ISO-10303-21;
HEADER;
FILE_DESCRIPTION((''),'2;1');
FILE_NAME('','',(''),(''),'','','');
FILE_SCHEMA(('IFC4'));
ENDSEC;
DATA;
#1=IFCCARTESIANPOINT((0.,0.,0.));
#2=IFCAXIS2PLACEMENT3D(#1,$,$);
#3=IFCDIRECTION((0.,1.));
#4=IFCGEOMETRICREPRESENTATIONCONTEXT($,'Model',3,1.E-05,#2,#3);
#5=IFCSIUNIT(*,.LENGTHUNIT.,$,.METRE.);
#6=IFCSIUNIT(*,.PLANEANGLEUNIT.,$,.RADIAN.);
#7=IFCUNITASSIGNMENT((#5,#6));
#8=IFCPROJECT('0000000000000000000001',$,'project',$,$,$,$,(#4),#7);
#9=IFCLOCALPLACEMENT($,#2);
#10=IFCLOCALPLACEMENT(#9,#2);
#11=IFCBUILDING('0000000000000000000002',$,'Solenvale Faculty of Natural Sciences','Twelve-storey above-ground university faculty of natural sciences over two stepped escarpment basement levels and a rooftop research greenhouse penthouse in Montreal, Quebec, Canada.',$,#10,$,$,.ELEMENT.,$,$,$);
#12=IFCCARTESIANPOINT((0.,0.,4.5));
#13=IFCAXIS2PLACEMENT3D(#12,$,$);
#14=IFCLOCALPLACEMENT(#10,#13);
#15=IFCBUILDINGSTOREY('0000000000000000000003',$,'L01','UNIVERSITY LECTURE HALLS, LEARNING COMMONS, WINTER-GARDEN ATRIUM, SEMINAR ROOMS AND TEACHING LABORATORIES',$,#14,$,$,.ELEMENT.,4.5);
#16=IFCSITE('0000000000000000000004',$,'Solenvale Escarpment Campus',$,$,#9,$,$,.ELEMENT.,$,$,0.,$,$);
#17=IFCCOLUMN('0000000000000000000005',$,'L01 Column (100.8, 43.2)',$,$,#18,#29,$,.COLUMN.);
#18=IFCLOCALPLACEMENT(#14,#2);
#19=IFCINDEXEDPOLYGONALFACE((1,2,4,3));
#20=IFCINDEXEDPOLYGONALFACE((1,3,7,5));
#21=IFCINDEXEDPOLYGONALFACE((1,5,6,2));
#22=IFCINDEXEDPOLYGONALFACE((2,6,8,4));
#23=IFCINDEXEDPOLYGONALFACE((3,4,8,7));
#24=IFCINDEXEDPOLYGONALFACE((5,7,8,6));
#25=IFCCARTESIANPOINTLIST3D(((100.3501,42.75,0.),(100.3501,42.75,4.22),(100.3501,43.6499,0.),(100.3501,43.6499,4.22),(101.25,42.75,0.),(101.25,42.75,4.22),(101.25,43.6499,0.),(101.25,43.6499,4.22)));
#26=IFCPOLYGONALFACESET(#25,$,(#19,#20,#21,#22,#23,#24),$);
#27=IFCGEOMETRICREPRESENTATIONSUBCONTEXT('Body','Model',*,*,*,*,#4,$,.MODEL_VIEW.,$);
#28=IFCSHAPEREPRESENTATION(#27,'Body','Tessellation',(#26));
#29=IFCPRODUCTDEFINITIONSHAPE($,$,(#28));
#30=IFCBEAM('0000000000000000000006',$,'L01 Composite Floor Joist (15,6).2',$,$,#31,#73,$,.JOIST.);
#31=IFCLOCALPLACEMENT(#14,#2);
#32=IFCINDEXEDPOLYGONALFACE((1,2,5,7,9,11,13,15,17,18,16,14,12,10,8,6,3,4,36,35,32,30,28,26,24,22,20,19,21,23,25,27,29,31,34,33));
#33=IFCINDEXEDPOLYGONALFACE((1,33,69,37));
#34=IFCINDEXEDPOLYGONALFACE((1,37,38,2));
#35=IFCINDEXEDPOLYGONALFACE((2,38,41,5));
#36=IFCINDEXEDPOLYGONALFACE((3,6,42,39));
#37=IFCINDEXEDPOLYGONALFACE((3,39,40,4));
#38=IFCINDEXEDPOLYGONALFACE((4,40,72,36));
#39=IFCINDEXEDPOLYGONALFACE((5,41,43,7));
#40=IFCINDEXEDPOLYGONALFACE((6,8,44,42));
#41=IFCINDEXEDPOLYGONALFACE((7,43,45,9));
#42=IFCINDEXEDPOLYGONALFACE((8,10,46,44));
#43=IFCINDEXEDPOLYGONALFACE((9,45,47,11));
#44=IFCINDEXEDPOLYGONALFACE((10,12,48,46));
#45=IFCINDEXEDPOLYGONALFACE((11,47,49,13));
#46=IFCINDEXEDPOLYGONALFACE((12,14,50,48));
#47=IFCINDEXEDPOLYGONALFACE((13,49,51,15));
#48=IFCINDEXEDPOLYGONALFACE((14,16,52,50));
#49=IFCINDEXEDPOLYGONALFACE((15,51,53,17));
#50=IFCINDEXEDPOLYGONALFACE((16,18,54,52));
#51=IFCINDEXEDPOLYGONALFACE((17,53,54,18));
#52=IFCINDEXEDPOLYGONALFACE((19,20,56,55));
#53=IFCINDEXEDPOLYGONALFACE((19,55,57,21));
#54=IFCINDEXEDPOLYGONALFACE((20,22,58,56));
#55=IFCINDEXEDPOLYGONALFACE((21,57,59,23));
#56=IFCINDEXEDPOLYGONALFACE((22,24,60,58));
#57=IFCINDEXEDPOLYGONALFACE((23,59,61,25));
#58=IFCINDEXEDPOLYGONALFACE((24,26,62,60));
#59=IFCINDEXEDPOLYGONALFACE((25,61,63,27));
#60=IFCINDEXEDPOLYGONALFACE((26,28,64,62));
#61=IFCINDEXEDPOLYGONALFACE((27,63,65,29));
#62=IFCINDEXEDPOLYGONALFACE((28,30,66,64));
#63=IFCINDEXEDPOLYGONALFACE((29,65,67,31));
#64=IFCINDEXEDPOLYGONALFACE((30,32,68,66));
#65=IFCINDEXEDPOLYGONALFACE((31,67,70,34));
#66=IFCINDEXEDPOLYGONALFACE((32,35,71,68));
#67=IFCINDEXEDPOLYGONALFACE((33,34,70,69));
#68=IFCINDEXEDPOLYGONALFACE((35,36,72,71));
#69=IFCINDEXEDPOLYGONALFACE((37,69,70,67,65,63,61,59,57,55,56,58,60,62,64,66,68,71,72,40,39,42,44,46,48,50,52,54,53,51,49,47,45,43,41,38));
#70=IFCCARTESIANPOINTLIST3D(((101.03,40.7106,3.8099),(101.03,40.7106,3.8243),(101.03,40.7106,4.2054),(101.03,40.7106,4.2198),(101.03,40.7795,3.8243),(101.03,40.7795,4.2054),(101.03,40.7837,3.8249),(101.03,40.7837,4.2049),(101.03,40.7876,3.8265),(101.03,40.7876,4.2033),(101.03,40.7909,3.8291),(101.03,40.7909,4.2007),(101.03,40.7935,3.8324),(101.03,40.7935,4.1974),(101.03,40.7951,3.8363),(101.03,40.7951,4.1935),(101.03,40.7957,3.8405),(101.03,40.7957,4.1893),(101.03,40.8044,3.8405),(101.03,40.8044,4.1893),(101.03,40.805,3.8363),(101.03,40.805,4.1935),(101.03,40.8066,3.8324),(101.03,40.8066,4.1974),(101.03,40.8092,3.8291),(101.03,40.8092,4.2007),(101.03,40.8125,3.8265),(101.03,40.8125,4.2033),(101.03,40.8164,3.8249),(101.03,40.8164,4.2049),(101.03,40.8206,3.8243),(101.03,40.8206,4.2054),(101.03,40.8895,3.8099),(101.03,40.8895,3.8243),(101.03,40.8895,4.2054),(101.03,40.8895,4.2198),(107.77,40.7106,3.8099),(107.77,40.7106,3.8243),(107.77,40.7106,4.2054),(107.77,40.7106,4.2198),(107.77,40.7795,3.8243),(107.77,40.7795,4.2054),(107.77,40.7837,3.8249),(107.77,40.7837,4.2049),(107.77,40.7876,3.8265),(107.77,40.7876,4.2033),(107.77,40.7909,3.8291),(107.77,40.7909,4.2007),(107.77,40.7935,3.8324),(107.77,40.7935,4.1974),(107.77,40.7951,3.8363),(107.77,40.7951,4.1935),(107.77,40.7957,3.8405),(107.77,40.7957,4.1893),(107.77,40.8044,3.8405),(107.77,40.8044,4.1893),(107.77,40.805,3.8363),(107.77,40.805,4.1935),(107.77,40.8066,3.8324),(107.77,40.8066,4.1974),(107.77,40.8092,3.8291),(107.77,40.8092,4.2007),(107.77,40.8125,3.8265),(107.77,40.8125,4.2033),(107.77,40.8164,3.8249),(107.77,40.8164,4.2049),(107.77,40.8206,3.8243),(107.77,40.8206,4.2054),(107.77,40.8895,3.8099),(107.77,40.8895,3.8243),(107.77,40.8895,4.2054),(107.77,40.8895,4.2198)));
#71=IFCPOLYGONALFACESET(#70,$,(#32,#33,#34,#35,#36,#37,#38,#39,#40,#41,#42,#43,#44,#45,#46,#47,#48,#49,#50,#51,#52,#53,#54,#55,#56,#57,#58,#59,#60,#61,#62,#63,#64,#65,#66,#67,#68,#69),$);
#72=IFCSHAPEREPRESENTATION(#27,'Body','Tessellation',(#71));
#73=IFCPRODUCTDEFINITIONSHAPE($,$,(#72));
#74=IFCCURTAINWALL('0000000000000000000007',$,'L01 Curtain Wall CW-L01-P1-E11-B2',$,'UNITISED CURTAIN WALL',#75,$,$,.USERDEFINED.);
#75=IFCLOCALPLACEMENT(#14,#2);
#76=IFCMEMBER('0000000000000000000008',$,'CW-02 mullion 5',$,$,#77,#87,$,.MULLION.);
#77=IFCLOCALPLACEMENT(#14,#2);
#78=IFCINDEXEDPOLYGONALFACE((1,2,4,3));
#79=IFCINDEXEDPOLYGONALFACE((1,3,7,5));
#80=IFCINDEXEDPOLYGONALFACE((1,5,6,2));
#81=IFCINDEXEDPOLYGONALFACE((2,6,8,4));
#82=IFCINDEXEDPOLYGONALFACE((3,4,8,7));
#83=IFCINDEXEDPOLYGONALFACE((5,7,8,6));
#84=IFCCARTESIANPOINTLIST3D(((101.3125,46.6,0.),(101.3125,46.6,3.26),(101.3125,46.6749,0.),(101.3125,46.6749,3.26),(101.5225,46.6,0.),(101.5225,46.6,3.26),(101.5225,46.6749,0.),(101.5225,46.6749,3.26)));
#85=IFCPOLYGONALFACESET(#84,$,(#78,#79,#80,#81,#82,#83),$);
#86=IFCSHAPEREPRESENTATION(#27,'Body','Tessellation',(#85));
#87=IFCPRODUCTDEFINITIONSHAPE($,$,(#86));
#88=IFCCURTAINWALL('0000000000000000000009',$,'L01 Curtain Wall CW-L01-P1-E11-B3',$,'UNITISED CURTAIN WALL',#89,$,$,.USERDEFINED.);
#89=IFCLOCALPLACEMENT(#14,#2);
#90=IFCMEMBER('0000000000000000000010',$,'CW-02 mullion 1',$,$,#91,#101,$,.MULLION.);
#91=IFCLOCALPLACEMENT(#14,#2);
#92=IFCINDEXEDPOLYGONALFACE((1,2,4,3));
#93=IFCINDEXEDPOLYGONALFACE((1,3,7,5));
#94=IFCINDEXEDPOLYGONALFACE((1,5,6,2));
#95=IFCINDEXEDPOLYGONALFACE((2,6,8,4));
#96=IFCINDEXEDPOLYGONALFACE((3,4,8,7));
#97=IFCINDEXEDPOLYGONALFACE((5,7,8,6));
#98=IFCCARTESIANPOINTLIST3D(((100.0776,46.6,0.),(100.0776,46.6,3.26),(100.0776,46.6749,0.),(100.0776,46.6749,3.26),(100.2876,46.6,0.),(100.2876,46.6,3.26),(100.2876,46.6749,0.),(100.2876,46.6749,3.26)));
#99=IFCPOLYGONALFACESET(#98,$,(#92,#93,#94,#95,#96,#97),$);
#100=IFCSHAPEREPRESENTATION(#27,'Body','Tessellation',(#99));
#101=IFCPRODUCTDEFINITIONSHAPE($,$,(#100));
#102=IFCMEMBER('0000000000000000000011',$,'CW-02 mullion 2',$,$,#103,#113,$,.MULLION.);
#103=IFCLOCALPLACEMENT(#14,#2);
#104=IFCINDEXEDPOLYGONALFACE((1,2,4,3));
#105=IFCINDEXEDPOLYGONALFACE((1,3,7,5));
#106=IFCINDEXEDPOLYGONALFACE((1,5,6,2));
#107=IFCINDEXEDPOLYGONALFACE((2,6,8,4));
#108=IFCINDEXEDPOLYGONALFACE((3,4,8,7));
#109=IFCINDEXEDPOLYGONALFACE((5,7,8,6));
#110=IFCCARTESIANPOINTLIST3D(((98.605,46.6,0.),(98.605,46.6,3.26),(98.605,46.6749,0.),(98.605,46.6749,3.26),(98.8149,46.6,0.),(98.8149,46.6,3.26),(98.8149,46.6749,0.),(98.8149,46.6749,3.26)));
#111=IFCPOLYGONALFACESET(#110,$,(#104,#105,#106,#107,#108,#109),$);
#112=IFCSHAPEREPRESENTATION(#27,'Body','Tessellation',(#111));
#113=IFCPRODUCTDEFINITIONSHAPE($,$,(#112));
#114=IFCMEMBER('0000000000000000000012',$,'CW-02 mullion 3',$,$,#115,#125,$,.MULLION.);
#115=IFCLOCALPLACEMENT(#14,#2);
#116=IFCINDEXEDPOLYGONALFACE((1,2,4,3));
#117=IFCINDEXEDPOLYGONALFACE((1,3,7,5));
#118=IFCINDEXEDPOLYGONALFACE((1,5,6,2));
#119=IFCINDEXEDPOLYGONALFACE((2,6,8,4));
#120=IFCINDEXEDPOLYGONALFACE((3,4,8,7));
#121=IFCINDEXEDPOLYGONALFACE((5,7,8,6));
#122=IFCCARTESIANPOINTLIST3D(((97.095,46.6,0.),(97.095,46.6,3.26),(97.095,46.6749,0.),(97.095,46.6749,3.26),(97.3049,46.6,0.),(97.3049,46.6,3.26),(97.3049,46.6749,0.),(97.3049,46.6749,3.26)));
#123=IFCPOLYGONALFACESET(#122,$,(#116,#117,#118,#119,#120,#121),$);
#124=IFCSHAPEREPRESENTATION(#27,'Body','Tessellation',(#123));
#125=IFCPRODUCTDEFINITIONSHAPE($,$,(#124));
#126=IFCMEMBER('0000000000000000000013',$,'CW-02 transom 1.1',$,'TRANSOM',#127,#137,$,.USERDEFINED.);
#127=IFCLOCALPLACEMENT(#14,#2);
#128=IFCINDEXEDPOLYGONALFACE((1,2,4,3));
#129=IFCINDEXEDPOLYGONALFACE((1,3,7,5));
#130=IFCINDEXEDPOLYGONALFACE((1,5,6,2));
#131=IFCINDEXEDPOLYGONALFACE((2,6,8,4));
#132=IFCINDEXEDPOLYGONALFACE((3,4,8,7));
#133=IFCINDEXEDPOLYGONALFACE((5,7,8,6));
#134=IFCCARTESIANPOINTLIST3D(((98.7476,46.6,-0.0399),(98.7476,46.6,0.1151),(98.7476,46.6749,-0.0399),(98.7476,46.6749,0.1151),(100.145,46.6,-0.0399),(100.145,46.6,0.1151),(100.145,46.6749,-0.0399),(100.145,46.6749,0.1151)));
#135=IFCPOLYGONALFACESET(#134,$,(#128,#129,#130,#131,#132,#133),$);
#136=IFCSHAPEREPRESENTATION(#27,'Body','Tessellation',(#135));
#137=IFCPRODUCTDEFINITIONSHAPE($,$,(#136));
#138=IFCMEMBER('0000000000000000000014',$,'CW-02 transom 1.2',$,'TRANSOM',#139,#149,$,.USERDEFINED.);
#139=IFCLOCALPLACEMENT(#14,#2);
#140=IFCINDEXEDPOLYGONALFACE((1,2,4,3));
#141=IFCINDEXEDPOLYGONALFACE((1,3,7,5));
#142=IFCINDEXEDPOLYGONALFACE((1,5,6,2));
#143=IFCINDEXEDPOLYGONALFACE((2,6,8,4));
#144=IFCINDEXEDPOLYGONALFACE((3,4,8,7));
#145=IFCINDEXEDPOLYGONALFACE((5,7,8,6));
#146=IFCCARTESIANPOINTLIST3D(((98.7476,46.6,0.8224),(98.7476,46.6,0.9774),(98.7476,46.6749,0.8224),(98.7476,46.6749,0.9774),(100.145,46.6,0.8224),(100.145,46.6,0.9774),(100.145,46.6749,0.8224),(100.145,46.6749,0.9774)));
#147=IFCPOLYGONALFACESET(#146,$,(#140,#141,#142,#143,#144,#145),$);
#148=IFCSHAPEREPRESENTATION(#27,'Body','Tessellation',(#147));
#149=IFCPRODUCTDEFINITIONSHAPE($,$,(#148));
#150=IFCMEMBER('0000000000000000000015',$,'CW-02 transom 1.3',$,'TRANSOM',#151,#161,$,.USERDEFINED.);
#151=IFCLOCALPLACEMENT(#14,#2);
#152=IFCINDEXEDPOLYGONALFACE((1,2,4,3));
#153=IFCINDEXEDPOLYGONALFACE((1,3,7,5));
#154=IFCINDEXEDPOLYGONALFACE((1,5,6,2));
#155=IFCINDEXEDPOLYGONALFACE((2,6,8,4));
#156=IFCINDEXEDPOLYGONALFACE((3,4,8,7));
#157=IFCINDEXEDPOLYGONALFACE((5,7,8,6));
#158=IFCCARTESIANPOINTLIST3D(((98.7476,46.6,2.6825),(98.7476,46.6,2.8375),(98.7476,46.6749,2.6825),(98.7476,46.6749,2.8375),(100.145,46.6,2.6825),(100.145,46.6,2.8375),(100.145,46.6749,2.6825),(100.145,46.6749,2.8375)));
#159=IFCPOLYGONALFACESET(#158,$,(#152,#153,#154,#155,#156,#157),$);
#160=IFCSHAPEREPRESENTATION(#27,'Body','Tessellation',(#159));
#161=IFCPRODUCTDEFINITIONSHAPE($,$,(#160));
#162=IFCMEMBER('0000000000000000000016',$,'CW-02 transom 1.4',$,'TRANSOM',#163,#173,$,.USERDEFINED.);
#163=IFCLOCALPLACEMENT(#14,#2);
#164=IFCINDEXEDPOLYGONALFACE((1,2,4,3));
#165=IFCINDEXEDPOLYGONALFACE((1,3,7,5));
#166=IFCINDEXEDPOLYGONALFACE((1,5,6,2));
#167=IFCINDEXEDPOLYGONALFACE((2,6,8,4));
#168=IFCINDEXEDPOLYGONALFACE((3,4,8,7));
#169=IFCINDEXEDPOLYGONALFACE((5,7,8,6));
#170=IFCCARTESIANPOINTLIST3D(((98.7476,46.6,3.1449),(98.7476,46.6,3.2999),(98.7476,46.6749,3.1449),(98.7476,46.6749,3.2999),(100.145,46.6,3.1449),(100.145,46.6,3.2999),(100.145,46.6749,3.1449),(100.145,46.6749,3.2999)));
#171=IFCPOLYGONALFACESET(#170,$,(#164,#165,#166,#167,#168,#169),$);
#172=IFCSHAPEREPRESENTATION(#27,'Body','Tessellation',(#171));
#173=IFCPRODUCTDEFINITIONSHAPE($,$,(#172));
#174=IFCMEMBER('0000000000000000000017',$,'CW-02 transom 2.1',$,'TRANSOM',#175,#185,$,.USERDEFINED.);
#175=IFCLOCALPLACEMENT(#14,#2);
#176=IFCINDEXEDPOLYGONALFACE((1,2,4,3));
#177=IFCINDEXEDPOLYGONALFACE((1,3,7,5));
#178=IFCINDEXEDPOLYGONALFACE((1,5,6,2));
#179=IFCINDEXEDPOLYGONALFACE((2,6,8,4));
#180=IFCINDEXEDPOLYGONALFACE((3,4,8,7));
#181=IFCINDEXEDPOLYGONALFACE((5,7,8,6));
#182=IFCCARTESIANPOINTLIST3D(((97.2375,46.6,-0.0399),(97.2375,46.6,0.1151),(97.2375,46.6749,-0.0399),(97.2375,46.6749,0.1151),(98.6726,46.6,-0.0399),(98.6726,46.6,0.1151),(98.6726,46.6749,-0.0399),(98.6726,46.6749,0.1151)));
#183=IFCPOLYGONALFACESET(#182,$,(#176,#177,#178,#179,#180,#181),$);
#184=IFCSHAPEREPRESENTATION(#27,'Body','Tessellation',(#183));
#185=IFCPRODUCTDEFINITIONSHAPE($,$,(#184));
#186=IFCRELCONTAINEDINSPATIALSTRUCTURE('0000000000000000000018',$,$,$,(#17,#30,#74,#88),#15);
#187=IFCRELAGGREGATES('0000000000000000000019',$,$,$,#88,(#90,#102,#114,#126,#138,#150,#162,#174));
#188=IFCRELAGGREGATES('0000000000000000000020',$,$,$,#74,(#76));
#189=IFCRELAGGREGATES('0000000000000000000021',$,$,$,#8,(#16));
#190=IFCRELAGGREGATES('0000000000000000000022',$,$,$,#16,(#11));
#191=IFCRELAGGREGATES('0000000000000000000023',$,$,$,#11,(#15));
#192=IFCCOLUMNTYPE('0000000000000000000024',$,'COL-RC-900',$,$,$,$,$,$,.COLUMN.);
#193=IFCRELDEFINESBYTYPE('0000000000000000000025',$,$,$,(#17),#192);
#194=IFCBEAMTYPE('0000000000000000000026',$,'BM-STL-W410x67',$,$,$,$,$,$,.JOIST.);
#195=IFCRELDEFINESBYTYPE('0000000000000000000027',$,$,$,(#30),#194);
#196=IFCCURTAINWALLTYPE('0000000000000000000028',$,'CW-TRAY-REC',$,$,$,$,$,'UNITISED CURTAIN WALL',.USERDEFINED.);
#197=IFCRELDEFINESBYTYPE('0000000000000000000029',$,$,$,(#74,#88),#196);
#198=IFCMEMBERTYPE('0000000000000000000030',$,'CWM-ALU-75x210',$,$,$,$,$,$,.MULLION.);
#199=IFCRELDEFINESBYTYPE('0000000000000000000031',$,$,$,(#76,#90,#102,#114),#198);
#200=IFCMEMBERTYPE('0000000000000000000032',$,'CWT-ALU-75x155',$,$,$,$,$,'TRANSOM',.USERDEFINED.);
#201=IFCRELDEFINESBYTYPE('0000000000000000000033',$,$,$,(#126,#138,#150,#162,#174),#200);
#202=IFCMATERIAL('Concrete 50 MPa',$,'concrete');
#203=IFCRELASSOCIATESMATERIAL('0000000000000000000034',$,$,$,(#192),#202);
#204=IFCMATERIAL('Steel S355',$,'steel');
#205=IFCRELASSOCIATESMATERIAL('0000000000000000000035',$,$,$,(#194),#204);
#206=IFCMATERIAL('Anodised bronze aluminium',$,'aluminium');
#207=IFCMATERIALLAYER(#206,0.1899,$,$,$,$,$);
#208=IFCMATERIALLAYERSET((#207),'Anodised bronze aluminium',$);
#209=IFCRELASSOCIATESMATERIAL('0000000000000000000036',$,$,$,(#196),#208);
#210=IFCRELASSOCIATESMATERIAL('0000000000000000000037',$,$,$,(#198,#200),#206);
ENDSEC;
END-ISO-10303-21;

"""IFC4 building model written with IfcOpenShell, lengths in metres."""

from ifc_helpers import new_model, si_unit, direction, frame, origin, origin_2d, place, context, subcontext, project, spatial, rectangle, i_section, extrude, material, layer, layer_set, material_profile, profile_set, type_object, element, aggregate, save


model = new_model("IFC4")

# Units and contexts
model_context = context("Model", 3, precision=1e-05, world=origin(), true_north=direction((0.0, 1.0)))
body_context = subcontext(model_context, "Body", "Model", "MODEL_VIEW")
ifc_project = project(units=[si_unit("LENGTHUNIT", "METRE"), si_unit("PLANEANGLEUNIT", "RADIAN")], contexts=[model_context])

# Site, building, storey
site_placement = place(None, origin())
site = spatial("IfcSite", under=ifc_project, at=site_placement, Name="Solenvale Escarpment Campus", CompositionType="ELEMENT", RefElevation=0.0)
building_placement = place(site_placement, origin())
building = spatial("IfcBuilding", under=site, at=building_placement, Name="Solenvale Faculty of Natural Sciences", Description="Twelve-storey above-ground university faculty of natural sciences over two stepped escarpment basement levels and a rooftop research greenhouse penthouse in Montreal, Quebec, Canada.", CompositionType="ELEMENT")
storey_placement = place(building_placement, frame((0.0, 0.0, 4.5)))
storey = spatial("IfcBuildingStorey", under=building, at=storey_placement, Name="L01", Description="UNIVERSITY LECTURE HALLS, LEARNING COMMONS, WINTER-GARDEN ATRIUM, SEMINAR ROOMS AND TEACHING LABORATORIES", CompositionType="ELEMENT", Elevation=4.5)

# Column
ifc_material_1 = material(Name="Concrete 50 MPa", Category="concrete")
ifc_material_profile_1 = material_profile(ifc_material_1, rectangle(XDim=0.8999, YDim=0.8999, at=origin_2d()), Name="RC-COL-900x900")
ifc_profile_set_1 = profile_set([ifc_material_profile_1], Name="Concrete 50 MPa")
column_type = type_object("IfcColumnType", Name="COL-RC-900", PredefinedType="COLUMN", material=ifc_profile_set_1)
column_placement = place(storey_placement, frame((100.8, 43.2, 0.0), z_axis=(0.0, 0.0, 1.0), x_axis=(1.0, 0.0, 0.0)))
element("IfcColumn", 1, at=column_placement, inside=storey, type_object=column_type, Name="L01 Column (100.8, 43.2)", PredefinedType="COLUMN", context=body_context, shape_type="SweptSolid", body=[
    extrude(rectangle(XDim=0.8999, YDim=0.8999, at=origin_2d()), origin(), (0.0, 0.0, 1.0), 4.22),
])

# Beam
ifc_material_2 = material(Name="Steel S355", Category="steel")
ifc_material_profile_2 = material_profile(ifc_material_2, i_section(OverallWidth=0.179, OverallDepth=0.4099, WebThickness=0.0088, FlangeThickness=0.0144, FilletRadius=0.0161, at=origin_2d()), Name="W410x67")
ifc_profile_set_2 = profile_set([ifc_material_profile_2], Name="Steel S355")
beam_type = type_object("IfcBeamType", Name="BM-STL-W410x67", PredefinedType="JOIST", material=ifc_profile_set_2)
beam_placement = place(storey_placement, frame((101.03, 40.8, 4.0149), z_axis=(1.0, 0.0, 0.0), x_axis=(0.0, 1.0, 0.0)))
element("IfcBeam", 2, at=beam_placement, inside=storey, type_object=beam_type, Name="L01 Composite Floor Joist (15,6).2", PredefinedType="JOIST", context=body_context, shape_type="SweptSolid", body=[
    extrude(i_section(OverallWidth=0.179, OverallDepth=0.4099, WebThickness=0.0088, FlangeThickness=0.0144, FilletRadius=0.0161, at=origin_2d()), origin(), (0.0, 0.0, 1.0), 6.74),
])

# Curtain wall, member
ifc_material_3 = material(Name="Anodised bronze aluminium", Category="aluminium")
ifc_layer_1 = layer(ifc_material_3, 0.1899)
ifc_layer_set_1 = layer_set([ifc_layer_1], Name="Anodised bronze aluminium")
curtain_wall_type = type_object("IfcCurtainWallType", Name="CW-TRAY-REC", ElementType="UNITISED CURTAIN WALL", PredefinedType="USERDEFINED", material=ifc_layer_set_1)
curtain_wall_1_placement = place(storey_placement, origin())
curtain_wall_1 = element("IfcCurtainWall", 3, at=curtain_wall_1_placement, inside=storey, type_object=curtain_wall_type, Name="L01 Curtain Wall CW-L01-P1-E11-B2", ObjectType="UNITISED CURTAIN WALL", PredefinedType="USERDEFINED")
ifc_material_profile_3 = material_profile(ifc_material_3, rectangle(XDim=0.075, YDim=0.21, at=origin_2d()), Name="ALU-MUL-75x210")
ifc_profile_set_3 = profile_set([ifc_material_profile_3], Name="Anodised bronze aluminium")
member_type_1 = type_object("IfcMemberType", Name="CWM-ALU-75x210", PredefinedType="MULLION", material=ifc_profile_set_3)
member_1_placement = place(storey_placement, frame((101.4175, 46.6375, 0.0), z_axis=(0.0, 0.0, 1.0), x_axis=(0.0, -1.0, 0.0)))
member_1 = element("IfcMember", 4, at=member_1_placement, type_object=member_type_1, Name="CW-02 mullion 5", PredefinedType="MULLION", context=body_context, shape_type="SweptSolid", body=[
    extrude(rectangle(XDim=0.075, YDim=0.21, at=origin_2d()), origin(), (0.0, 0.0, 1.0), 3.26),
])

# Curtain wall, members
curtain_wall_2_placement = place(storey_placement, origin())
curtain_wall_2 = element("IfcCurtainWall", 5, at=curtain_wall_2_placement, inside=storey, type_object=curtain_wall_type, Name="L01 Curtain Wall CW-L01-P1-E11-B3", ObjectType="UNITISED CURTAIN WALL", PredefinedType="USERDEFINED")
member_2_placement = place(storey_placement, frame((100.1826, 46.6375, 0.0), z_axis=(0.0, 0.0, 1.0), x_axis=(0.0, -1.0, 0.0)))
member_2 = element("IfcMember", 6, at=member_2_placement, type_object=member_type_1, Name="CW-02 mullion 1", PredefinedType="MULLION", context=body_context, shape_type="SweptSolid", body=[
    extrude(rectangle(XDim=0.075, YDim=0.21, at=origin_2d()), origin(), (0.0, 0.0, 1.0), 3.26),
])
member_3_placement = place(storey_placement, frame((98.71, 46.6375, 0.0), z_axis=(0.0, 0.0, 1.0), x_axis=(0.0, -1.0, 0.0)))
member_3 = element("IfcMember", 7, at=member_3_placement, type_object=member_type_1, Name="CW-02 mullion 2", PredefinedType="MULLION", context=body_context, shape_type="SweptSolid", body=[
    extrude(rectangle(XDim=0.075, YDim=0.21, at=origin_2d()), origin(), (0.0, 0.0, 1.0), 3.26),
])
member_4_placement = place(storey_placement, frame((97.2, 46.6375, 0.0), z_axis=(0.0, 0.0, 1.0), x_axis=(0.0, -1.0, 0.0)))
member_4 = element("IfcMember", 8, at=member_4_placement, type_object=member_type_1, Name="CW-02 mullion 3", PredefinedType="MULLION", context=body_context, shape_type="SweptSolid", body=[
    extrude(rectangle(XDim=0.075, YDim=0.21, at=origin_2d()), origin(), (0.0, 0.0, 1.0), 3.26),
])
ifc_material_profile_4 = material_profile(ifc_material_3, rectangle(XDim=0.075, YDim=0.155, at=origin_2d()), Name="ALU-TRN-75x155")
ifc_profile_set_4 = profile_set([ifc_material_profile_4], Name="Anodised bronze aluminium")
member_type_2 = type_object("IfcMemberType", Name="CWT-ALU-75x155", ElementType="TRANSOM", PredefinedType="USERDEFINED", material=ifc_profile_set_4)
member_5_placement = place(storey_placement, frame((100.145, 46.6375, 0.0376), z_axis=(-1.0, 0.0, 0.0), x_axis=(0.0, -1.0, 0.0)))
member_5 = element("IfcMember", 9, at=member_5_placement, type_object=member_type_2, Name="CW-02 transom 1.1", ObjectType="TRANSOM", PredefinedType="USERDEFINED", context=body_context, shape_type="SweptSolid", body=[
    extrude(rectangle(XDim=0.075, YDim=0.155, at=origin_2d()), origin(), (0.0, 0.0, 1.0), 1.3975),
])
member_6_placement = place(storey_placement, frame((100.145, 46.6375, 0.8999), z_axis=(-1.0, 0.0, 0.0), x_axis=(0.0, -1.0, 0.0)))
member_6 = element("IfcMember", 10, at=member_6_placement, type_object=member_type_2, Name="CW-02 transom 1.2", ObjectType="TRANSOM", PredefinedType="USERDEFINED", context=body_context, shape_type="SweptSolid", body=[
    extrude(rectangle(XDim=0.075, YDim=0.155, at=origin_2d()), origin(), (0.0, 0.0, 1.0), 1.3975),
])
member_7_placement = place(storey_placement, frame((100.145, 46.6375, 2.76), z_axis=(-1.0, 0.0, 0.0), x_axis=(0.0, -1.0, 0.0)))
member_7 = element("IfcMember", 11, at=member_7_placement, type_object=member_type_2, Name="CW-02 transom 1.3", ObjectType="TRANSOM", PredefinedType="USERDEFINED", context=body_context, shape_type="SweptSolid", body=[
    extrude(rectangle(XDim=0.075, YDim=0.155, at=origin_2d()), origin(), (0.0, 0.0, 1.0), 1.3975),
])
member_8_placement = place(storey_placement, frame((100.145, 46.6375, 3.2224), z_axis=(-1.0, 0.0, 0.0), x_axis=(0.0, -1.0, 0.0)))
member_8 = element("IfcMember", 12, at=member_8_placement, type_object=member_type_2, Name="CW-02 transom 1.4", ObjectType="TRANSOM", PredefinedType="USERDEFINED", context=body_context, shape_type="SweptSolid", body=[
    extrude(rectangle(XDim=0.075, YDim=0.155, at=origin_2d()), origin(), (0.0, 0.0, 1.0), 1.3975),
])
member_9_placement = place(storey_placement, frame((98.6726, 46.6375, 0.0376), z_axis=(-1.0, 0.0, 0.0), x_axis=(0.0, -1.0, 0.0)))
member_9 = element("IfcMember", 13, at=member_9_placement, type_object=member_type_2, Name="CW-02 transom 2.1", ObjectType="TRANSOM", PredefinedType="USERDEFINED", context=body_context, shape_type="SweptSolid", body=[
    extrude(rectangle(XDim=0.075, YDim=0.155, at=origin_2d()), origin(), (0.0, 0.0, 1.0), 1.4351),
])
aggregate(curtain_wall_2, [member_2, member_3, member_4, member_5, member_6, member_7, member_8, member_9])

aggregate(curtain_wall_1, [member_1])

save(model, "model.ifc")
